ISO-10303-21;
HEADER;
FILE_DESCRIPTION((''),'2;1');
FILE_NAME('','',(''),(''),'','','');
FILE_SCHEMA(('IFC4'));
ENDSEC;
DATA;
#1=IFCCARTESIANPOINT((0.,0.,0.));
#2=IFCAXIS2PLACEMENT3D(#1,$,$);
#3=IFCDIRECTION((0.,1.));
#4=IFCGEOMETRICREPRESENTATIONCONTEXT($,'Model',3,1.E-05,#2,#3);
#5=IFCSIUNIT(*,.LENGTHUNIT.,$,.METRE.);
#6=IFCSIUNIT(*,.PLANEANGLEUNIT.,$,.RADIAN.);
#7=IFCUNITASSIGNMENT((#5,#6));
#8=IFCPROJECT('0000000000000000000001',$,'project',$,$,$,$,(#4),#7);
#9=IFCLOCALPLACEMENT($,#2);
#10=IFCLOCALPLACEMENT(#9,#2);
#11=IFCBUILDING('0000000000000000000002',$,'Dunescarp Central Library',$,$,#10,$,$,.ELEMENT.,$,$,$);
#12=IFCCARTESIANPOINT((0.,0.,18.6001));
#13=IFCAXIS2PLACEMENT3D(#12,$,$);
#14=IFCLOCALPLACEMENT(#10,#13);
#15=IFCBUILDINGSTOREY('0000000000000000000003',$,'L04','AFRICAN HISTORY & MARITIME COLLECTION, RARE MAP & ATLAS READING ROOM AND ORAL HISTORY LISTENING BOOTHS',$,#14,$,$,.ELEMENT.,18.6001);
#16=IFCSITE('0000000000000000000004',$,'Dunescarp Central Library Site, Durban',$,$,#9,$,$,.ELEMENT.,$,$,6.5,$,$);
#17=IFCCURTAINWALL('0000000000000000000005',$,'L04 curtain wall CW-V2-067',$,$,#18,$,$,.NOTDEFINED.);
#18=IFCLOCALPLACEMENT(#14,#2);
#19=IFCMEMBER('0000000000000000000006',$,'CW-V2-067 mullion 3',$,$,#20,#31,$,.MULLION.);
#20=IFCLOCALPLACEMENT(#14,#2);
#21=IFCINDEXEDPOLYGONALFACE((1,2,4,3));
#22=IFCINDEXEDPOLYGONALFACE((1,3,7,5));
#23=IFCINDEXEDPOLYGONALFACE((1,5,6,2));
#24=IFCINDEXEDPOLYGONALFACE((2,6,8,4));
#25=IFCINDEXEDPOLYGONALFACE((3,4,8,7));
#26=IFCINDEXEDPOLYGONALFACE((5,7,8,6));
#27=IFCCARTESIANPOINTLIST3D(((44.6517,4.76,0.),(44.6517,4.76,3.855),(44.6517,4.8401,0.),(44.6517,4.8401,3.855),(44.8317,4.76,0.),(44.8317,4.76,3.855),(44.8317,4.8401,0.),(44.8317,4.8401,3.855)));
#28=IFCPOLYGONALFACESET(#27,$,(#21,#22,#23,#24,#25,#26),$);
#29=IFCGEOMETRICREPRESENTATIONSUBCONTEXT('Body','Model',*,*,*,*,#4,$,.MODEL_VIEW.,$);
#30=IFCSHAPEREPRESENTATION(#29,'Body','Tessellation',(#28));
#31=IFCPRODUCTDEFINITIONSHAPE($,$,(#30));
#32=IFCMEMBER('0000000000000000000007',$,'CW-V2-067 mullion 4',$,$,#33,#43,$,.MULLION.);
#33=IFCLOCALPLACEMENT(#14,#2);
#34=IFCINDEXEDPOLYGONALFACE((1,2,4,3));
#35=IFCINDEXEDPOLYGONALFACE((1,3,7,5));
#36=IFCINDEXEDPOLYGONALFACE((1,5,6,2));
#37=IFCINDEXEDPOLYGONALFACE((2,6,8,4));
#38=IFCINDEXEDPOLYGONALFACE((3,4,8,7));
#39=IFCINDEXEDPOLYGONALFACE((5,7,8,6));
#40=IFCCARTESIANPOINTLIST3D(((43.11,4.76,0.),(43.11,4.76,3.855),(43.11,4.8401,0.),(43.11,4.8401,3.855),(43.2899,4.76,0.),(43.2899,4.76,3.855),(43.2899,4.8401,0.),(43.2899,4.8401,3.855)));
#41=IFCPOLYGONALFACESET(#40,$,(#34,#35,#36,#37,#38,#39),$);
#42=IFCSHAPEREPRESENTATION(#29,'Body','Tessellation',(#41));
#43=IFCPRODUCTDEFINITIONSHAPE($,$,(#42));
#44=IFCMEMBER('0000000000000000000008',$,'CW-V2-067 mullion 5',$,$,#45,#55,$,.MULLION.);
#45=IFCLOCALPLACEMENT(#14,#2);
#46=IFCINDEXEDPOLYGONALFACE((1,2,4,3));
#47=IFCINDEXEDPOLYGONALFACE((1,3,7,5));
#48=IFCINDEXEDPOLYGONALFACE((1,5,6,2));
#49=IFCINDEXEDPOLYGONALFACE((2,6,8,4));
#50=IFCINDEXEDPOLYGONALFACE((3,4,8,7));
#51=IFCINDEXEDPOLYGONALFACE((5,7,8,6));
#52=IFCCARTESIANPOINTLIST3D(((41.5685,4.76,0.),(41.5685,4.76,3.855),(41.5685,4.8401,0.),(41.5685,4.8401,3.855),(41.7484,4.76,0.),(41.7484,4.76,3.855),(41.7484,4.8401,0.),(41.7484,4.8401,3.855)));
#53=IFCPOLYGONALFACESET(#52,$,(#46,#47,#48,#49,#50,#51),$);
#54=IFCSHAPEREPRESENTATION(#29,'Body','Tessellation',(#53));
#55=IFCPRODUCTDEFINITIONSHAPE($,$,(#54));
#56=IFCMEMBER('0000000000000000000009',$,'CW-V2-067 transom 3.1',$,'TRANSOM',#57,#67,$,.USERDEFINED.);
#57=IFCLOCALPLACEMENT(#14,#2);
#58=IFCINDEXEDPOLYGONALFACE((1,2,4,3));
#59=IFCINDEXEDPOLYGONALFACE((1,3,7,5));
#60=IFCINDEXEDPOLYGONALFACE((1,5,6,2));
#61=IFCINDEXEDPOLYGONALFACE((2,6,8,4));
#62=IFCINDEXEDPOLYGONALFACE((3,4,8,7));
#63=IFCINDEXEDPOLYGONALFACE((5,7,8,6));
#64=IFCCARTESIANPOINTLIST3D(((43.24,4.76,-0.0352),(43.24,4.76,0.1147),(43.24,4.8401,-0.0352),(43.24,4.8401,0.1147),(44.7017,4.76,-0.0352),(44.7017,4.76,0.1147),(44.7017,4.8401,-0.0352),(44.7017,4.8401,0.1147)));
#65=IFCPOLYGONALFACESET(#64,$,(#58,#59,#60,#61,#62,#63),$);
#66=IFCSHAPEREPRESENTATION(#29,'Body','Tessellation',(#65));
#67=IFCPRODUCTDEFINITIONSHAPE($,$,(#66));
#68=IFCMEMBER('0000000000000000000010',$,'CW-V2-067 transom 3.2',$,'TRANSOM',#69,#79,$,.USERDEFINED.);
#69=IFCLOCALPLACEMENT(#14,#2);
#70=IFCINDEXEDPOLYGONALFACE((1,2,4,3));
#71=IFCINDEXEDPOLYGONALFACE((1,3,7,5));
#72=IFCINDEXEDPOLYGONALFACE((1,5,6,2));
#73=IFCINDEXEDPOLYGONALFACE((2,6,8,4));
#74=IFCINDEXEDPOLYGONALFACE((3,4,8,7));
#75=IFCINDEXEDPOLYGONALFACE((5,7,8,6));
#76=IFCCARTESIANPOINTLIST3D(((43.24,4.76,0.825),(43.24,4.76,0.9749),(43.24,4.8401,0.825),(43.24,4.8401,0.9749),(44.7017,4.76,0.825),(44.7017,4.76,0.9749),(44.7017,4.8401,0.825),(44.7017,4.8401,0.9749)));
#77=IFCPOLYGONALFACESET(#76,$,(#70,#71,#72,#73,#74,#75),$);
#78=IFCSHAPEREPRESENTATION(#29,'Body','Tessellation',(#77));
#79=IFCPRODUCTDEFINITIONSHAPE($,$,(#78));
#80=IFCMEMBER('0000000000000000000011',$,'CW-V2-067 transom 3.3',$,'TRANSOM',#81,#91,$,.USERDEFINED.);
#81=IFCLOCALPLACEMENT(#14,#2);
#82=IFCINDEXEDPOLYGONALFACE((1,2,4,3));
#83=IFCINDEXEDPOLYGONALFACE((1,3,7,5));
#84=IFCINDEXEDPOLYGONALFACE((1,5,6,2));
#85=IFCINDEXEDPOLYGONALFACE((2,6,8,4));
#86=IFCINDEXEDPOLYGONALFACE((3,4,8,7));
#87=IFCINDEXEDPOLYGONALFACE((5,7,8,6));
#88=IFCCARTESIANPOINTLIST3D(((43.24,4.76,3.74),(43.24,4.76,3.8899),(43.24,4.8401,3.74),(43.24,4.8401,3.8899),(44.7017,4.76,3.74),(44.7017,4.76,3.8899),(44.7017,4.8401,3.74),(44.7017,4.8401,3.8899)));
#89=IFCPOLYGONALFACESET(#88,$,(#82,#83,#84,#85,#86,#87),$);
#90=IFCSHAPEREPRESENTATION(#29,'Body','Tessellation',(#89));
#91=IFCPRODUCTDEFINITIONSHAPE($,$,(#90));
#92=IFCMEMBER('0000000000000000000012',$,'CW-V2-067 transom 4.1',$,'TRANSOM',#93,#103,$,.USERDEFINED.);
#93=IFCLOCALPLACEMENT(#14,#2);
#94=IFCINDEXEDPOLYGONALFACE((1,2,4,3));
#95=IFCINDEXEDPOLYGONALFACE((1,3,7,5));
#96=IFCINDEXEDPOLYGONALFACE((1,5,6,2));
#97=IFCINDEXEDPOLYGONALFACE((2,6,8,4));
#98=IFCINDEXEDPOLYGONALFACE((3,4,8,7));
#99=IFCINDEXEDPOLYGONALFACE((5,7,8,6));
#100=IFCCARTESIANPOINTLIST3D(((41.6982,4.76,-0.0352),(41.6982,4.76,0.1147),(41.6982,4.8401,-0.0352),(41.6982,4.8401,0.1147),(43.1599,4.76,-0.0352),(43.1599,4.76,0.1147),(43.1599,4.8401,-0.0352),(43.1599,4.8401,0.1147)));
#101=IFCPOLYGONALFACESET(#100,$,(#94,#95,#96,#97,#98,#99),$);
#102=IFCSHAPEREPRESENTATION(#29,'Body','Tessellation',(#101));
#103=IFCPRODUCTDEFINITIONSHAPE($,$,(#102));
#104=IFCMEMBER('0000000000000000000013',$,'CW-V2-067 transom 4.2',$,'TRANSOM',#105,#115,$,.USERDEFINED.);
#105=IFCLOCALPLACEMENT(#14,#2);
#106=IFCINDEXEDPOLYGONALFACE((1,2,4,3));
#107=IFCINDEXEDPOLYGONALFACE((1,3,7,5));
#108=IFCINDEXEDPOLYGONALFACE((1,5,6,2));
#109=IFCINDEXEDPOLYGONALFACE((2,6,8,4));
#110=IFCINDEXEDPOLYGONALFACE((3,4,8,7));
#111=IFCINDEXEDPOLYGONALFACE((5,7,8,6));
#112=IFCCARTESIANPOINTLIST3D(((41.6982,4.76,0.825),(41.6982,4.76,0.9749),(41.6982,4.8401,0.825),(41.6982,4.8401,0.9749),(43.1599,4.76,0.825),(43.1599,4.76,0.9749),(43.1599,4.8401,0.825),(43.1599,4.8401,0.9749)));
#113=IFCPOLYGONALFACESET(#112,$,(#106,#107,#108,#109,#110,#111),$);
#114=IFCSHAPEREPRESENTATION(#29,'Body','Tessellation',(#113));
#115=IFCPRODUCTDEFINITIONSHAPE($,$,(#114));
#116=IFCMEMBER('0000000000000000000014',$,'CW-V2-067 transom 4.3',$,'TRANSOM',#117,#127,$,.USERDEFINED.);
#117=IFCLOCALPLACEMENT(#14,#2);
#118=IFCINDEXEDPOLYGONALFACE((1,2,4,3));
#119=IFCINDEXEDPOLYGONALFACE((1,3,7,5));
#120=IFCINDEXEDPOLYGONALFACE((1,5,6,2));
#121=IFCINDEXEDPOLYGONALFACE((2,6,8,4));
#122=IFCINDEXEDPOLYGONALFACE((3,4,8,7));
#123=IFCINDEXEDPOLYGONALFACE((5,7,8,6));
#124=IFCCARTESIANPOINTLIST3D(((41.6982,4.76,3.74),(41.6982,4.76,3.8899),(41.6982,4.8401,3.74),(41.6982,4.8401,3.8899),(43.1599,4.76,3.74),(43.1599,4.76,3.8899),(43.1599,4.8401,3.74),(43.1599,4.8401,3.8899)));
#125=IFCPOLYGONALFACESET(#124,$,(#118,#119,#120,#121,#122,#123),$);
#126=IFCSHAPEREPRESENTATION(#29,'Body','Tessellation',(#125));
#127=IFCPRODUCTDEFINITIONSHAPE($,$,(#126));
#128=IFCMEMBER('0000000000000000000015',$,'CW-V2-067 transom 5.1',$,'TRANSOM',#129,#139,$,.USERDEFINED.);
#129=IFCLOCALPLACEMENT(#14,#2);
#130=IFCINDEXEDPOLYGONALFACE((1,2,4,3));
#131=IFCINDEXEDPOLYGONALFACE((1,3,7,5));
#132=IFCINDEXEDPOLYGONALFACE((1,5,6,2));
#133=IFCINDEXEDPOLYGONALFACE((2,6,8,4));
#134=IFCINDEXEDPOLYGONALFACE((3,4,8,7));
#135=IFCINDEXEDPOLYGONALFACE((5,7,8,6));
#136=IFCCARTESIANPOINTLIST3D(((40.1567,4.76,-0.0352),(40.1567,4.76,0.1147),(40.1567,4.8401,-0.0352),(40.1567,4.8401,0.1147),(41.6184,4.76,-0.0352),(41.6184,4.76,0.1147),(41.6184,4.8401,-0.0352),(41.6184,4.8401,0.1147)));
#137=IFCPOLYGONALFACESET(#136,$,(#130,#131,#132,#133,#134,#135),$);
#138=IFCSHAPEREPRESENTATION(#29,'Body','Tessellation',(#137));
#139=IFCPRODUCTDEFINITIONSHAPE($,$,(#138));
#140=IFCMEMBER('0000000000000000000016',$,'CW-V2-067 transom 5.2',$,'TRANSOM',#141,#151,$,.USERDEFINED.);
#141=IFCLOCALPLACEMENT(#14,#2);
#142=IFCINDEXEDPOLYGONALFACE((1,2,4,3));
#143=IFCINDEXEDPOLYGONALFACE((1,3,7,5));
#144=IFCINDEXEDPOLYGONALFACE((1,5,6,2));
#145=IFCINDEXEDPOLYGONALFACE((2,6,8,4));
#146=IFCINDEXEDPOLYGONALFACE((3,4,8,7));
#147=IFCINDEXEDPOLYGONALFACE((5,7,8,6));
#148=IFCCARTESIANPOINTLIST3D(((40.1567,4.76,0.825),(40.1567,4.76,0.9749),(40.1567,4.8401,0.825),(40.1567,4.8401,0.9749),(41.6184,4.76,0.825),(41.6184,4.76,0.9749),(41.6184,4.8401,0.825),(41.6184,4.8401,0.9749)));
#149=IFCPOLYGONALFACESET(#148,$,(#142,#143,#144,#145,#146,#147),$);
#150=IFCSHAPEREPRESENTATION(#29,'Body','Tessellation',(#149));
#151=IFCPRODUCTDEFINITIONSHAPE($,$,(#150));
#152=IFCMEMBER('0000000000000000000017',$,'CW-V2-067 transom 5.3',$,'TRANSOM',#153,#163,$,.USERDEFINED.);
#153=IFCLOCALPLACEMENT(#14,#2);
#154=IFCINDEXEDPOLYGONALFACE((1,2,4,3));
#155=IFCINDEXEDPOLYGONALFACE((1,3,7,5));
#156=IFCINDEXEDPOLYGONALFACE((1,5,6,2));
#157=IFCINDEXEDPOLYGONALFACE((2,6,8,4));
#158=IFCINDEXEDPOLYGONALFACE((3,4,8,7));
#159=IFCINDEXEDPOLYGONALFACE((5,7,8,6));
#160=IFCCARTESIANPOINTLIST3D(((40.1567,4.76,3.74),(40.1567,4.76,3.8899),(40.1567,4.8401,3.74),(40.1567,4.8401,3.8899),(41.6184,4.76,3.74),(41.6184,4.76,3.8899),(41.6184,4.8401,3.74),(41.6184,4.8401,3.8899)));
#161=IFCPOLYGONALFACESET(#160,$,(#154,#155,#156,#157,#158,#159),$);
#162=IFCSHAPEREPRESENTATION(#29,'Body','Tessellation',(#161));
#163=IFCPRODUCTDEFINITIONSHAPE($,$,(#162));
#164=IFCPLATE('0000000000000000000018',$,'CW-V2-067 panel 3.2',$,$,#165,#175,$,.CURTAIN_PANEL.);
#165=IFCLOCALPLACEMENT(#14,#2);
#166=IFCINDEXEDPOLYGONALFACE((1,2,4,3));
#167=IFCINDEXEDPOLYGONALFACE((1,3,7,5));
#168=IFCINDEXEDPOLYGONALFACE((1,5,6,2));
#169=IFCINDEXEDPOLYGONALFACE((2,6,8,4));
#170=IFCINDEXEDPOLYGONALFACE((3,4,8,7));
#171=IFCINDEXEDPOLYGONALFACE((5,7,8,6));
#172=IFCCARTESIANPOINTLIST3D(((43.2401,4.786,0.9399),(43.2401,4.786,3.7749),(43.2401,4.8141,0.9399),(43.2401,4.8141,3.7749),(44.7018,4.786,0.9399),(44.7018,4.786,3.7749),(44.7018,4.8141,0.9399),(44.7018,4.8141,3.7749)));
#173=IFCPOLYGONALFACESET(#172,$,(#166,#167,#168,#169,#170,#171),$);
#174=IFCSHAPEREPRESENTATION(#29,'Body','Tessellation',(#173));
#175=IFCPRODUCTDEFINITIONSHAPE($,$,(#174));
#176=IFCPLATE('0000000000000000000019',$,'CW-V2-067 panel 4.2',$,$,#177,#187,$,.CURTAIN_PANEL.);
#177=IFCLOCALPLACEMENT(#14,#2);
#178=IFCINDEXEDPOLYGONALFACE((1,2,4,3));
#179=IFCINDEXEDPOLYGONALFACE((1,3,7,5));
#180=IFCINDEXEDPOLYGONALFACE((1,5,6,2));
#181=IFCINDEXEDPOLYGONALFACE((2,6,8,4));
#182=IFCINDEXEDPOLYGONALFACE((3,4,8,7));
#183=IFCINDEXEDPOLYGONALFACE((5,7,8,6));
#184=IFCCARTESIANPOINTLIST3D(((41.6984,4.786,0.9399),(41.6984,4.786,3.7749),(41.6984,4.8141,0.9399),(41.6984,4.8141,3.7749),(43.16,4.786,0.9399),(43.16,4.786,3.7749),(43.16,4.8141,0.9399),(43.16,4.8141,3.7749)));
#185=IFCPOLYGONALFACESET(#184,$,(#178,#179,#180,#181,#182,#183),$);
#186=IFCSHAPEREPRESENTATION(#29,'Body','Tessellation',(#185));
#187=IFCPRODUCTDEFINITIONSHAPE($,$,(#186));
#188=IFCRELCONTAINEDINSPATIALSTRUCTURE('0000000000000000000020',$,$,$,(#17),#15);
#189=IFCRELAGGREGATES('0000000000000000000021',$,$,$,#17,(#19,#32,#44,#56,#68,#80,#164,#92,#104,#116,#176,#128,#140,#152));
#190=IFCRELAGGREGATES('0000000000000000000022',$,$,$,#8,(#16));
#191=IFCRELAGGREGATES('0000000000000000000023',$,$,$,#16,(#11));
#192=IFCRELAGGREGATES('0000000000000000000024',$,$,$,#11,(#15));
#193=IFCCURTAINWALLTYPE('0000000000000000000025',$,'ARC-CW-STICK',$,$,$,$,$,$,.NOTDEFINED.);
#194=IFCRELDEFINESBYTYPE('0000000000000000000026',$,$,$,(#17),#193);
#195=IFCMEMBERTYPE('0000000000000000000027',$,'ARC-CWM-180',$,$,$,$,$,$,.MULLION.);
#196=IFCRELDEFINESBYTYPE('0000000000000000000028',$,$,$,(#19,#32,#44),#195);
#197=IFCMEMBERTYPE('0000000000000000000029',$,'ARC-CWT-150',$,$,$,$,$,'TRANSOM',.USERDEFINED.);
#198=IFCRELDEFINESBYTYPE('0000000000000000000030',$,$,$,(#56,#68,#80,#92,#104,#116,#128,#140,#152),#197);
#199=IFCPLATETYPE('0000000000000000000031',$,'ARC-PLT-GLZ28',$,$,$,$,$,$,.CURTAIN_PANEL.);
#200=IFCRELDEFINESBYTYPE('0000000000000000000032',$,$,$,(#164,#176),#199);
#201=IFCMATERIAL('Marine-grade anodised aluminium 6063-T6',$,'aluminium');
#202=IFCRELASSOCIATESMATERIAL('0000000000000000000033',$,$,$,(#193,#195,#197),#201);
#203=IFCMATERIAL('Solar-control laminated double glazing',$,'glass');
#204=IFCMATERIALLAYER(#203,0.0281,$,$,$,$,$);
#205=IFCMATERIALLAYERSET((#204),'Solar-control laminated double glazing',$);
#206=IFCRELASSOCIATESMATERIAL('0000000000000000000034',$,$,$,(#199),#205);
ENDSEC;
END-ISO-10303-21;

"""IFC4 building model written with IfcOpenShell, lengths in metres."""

from ifc_helpers import new_model, si_unit, direction, frame, origin, origin_2d, place, context, subcontext, project, spatial, rectangle, extrude, material, layer, layer_set, material_profile, profile_set, type_object, element, aggregate, save


model = new_model("IFC4")

# Units and contexts
model_context = context("Model", 3, precision=1e-05, world=origin(), true_north=direction((0.0, 1.0)))
body_context = subcontext(model_context, "Body", "Model", "MODEL_VIEW")
ifc_project = project(units=[si_unit("LENGTHUNIT", "METRE"), si_unit("PLANEANGLEUNIT", "RADIAN")], contexts=[model_context])

# Site, building, storey
site_placement = place(None, origin())
site = spatial("IfcSite", under=ifc_project, at=site_placement, Name="Dunescarp Central Library Site, Durban", CompositionType="ELEMENT", RefElevation=6.5)
building_placement = place(site_placement, origin())
building = spatial("IfcBuilding", under=site, at=building_placement, Name="Dunescarp Central Library", CompositionType="ELEMENT")
storey_placement = place(building_placement, frame((0.0, 0.0, 18.6001)))
storey = spatial("IfcBuildingStorey", under=building, at=storey_placement, Name="L04", Description="AFRICAN HISTORY & MARITIME COLLECTION, RARE MAP & ATLAS READING ROOM AND ORAL HISTORY LISTENING BOOTHS", CompositionType="ELEMENT", Elevation=18.6001)

# Curtain wall, members, plates
ifc_material_1 = material(Name="Marine-grade anodised aluminium 6063-T6", Category="aluminium")
curtain_wall_type = type_object("IfcCurtainWallType", Name="ARC-CW-STICK", PredefinedType="NOTDEFINED", material=ifc_material_1)
curtain_wall_placement = place(storey_placement, origin())
curtain_wall = element("IfcCurtainWall", 1, at=curtain_wall_placement, inside=storey, type_object=curtain_wall_type, Name="L04 curtain wall CW-V2-067", PredefinedType="NOTDEFINED")
ifc_material_profile_1 = material_profile(ifc_material_1, rectangle(XDim=0.0801, YDim=0.1799, at=origin_2d()), Name="AL 80x180")
ifc_profile_set_1 = profile_set([ifc_material_profile_1], Name="Marine-grade anodised aluminium 6063-T6")
member_type_1 = type_object("IfcMemberType", Name="ARC-CWM-180", PredefinedType="MULLION", material=ifc_profile_set_1)
member_1_placement = place(storey_placement, frame((44.7417, 4.8, 0.0), z_axis=(0.0, 0.0, 1.0), x_axis=(0.0, -1.0, 0.0)))
member_1 = element("IfcMember", 2, at=member_1_placement, type_object=member_type_1, Name="CW-V2-067 mullion 3", PredefinedType="MULLION", context=body_context, shape_type="SweptSolid", body=[
    extrude(rectangle(XDim=0.0801, YDim=0.1799, at=origin_2d()), origin(), (0.0, 0.0, 1.0), 3.855),
])
member_2_placement = place(storey_placement, frame((43.2, 4.8, 0.0), z_axis=(0.0, 0.0, 1.0), x_axis=(0.0, -1.0, 0.0)))
member_2 = element("IfcMember", 3, at=member_2_placement, type_object=member_type_1, Name="CW-V2-067 mullion 4", PredefinedType="MULLION", context=body_context, shape_type="SweptSolid", body=[
    extrude(rectangle(XDim=0.0801, YDim=0.1799, at=origin_2d()), origin(), (0.0, 0.0, 1.0), 3.855),
])
member_3_placement = place(storey_placement, frame((41.6584, 4.8, 0.0), z_axis=(0.0, 0.0, 1.0), x_axis=(0.0, -1.0, 0.0)))
member_3 = element("IfcMember", 4, at=member_3_placement, type_object=member_type_1, Name="CW-V2-067 mullion 5", PredefinedType="MULLION", context=body_context, shape_type="SweptSolid", body=[
    extrude(rectangle(XDim=0.0801, YDim=0.1799, at=origin_2d()), origin(), (0.0, 0.0, 1.0), 3.855),
])
ifc_material_profile_2 = material_profile(ifc_material_1, rectangle(XDim=0.0801, YDim=0.1499, at=origin_2d()), Name="AL 80x150")
ifc_profile_set_2 = profile_set([ifc_material_profile_2], Name="Marine-grade anodised aluminium 6063-T6")
member_type_2 = type_object("IfcMemberType", Name="ARC-CWT-150", ElementType="TRANSOM", PredefinedType="USERDEFINED", material=ifc_profile_set_2)
member_4_placement = place(storey_placement, frame((44.7017, 4.8, 0.0398), z_axis=(-1.0, 0.0, 0.0), x_axis=(0.0, -1.0, 0.0)))
member_4 = element("IfcMember", 5, at=member_4_placement, type_object=member_type_2, Name="CW-V2-067 transom 3.1", ObjectType="TRANSOM", PredefinedType="USERDEFINED", context=body_context, shape_type="SweptSolid", body=[
    extrude(rectangle(XDim=0.0801, YDim=0.1499, at=origin_2d()), origin(), (0.0, 0.0, 1.0), 1.4617),
])
member_5_placement = place(storey_placement, frame((44.7017, 4.8, 0.8999), z_axis=(-1.0, 0.0, 0.0), x_axis=(0.0, -1.0, 0.0)))
member_5 = element("IfcMember", 6, at=member_5_placement, type_object=member_type_2, Name="CW-V2-067 transom 3.2", ObjectType="TRANSOM", PredefinedType="USERDEFINED", context=body_context, shape_type="SweptSolid", body=[
    extrude(rectangle(XDim=0.0801, YDim=0.1499, at=origin_2d()), origin(), (0.0, 0.0, 1.0), 1.4617),
])
member_6_placement = place(storey_placement, frame((44.7017, 4.8, 3.8149), z_axis=(-1.0, 0.0, 0.0), x_axis=(0.0, -1.0, 0.0)))
member_6 = element("IfcMember", 7, at=member_6_placement, type_object=member_type_2, Name="CW-V2-067 transom 3.3", ObjectType="TRANSOM", PredefinedType="USERDEFINED", context=body_context, shape_type="SweptSolid", body=[
    extrude(rectangle(XDim=0.0801, YDim=0.1499, at=origin_2d()), origin(), (0.0, 0.0, 1.0), 1.4617),
])
member_7_placement = place(storey_placement, frame((43.1599, 4.8, 0.0398), z_axis=(-1.0, 0.0, 0.0), x_axis=(0.0, -1.0, 0.0)))
member_7 = element("IfcMember", 8, at=member_7_placement, type_object=member_type_2, Name="CW-V2-067 transom 4.1", ObjectType="TRANSOM", PredefinedType="USERDEFINED", context=body_context, shape_type="SweptSolid", body=[
    extrude(rectangle(XDim=0.0801, YDim=0.1499, at=origin_2d()), origin(), (0.0, 0.0, 1.0), 1.4617),
])
member_8_placement = place(storey_placement, frame((43.1599, 4.8, 0.8999), z_axis=(-1.0, 0.0, 0.0), x_axis=(0.0, -1.0, 0.0)))
member_8 = element("IfcMember", 9, at=member_8_placement, type_object=member_type_2, Name="CW-V2-067 transom 4.2", ObjectType="TRANSOM", PredefinedType="USERDEFINED", context=body_context, shape_type="SweptSolid", body=[
    extrude(rectangle(XDim=0.0801, YDim=0.1499, at=origin_2d()), origin(), (0.0, 0.0, 1.0), 1.4617),
])
member_9_placement = place(storey_placement, frame((43.1599, 4.8, 3.8149), z_axis=(-1.0, 0.0, 0.0), x_axis=(0.0, -1.0, 0.0)))
member_9 = element("IfcMember", 10, at=member_9_placement, type_object=member_type_2, Name="CW-V2-067 transom 4.3", ObjectType="TRANSOM", PredefinedType="USERDEFINED", context=body_context, shape_type="SweptSolid", body=[
    extrude(rectangle(XDim=0.0801, YDim=0.1499, at=origin_2d()), origin(), (0.0, 0.0, 1.0), 1.4617),
])
member_10_placement = place(storey_placement, frame((41.6184, 4.8, 0.0398), z_axis=(-1.0, 0.0, 0.0), x_axis=(0.0, -1.0, 0.0)))
member_10 = element("IfcMember", 11, at=member_10_placement, type_object=member_type_2, Name="CW-V2-067 transom 5.1", ObjectType="TRANSOM", PredefinedType="USERDEFINED", context=body_context, shape_type="SweptSolid", body=[
    extrude(rectangle(XDim=0.0801, YDim=0.1499, at=origin_2d()), origin(), (0.0, 0.0, 1.0), 1.4617),
])
member_11_placement = place(storey_placement, frame((41.6184, 4.8, 0.8999), z_axis=(-1.0, 0.0, 0.0), x_axis=(0.0, -1.0, 0.0)))
member_11 = element("IfcMember", 12, at=member_11_placement, type_object=member_type_2, Name="CW-V2-067 transom 5.2", ObjectType="TRANSOM", PredefinedType="USERDEFINED", context=body_context, shape_type="SweptSolid", body=[
    extrude(rectangle(XDim=0.0801, YDim=0.1499, at=origin_2d()), origin(), (0.0, 0.0, 1.0), 1.4617),
])
member_12_placement = place(storey_placement, frame((41.6184, 4.8, 3.8149), z_axis=(-1.0, 0.0, 0.0), x_axis=(0.0, -1.0, 0.0)))
member_12 = element("IfcMember", 13, at=member_12_placement, type_object=member_type_2, Name="CW-V2-067 transom 5.3", ObjectType="TRANSOM", PredefinedType="USERDEFINED", context=body_context, shape_type="SweptSolid", body=[
    extrude(rectangle(XDim=0.0801, YDim=0.1499, at=origin_2d()), origin(), (0.0, 0.0, 1.0), 1.4617),
])
ifc_material_2 = material(Name="Solar-control laminated double glazing", Category="glass")
ifc_layer_1 = layer(ifc_material_2, 0.0281)
ifc_layer_set_1 = layer_set([ifc_layer_1], Name="Solar-control laminated double glazing")
plate_type_1 = type_object("IfcPlateType", Name="ARC-PLT-GLZ28", PredefinedType="CURTAIN_PANEL", material=ifc_layer_set_1)
plate_1_placement = place(storey_placement, frame((43.9709, 4.8, 0.9399), z_axis=(0.0, 0.0, 1.0), x_axis=(-1.0, 0.0, 0.0)))
plate_1 = element("IfcPlate", 14, at=plate_1_placement, type_object=plate_type_1, Name="CW-V2-067 panel 3.2", PredefinedType="CURTAIN_PANEL", context=body_context, shape_type="SweptSolid", body=[
    extrude(rectangle(XDim=1.4617, YDim=0.0281, at=origin_2d()), origin(), (0.0, 0.0, 1.0), 2.835),
])
plate_2_placement = place(storey_placement, frame((42.4292, 4.8, 0.9399), z_axis=(0.0, 0.0, 1.0), x_axis=(-1.0, 0.0, 0.0)))
plate_2 = element("IfcPlate", 15, at=plate_2_placement, type_object=plate_type_1, Name="CW-V2-067 panel 4.2", PredefinedType="CURTAIN_PANEL", context=body_context, shape_type="SweptSolid", body=[
    extrude(rectangle(XDim=1.4617, YDim=0.0281, at=origin_2d()), origin(), (0.0, 0.0, 1.0), 2.835),
])
aggregate(curtain_wall, [member_1, member_2, member_3, member_4, member_5, member_6, plate_1, member_7, member_8, member_9, plate_2, member_10, member_11, member_12])

save(model, "model.ifc")
